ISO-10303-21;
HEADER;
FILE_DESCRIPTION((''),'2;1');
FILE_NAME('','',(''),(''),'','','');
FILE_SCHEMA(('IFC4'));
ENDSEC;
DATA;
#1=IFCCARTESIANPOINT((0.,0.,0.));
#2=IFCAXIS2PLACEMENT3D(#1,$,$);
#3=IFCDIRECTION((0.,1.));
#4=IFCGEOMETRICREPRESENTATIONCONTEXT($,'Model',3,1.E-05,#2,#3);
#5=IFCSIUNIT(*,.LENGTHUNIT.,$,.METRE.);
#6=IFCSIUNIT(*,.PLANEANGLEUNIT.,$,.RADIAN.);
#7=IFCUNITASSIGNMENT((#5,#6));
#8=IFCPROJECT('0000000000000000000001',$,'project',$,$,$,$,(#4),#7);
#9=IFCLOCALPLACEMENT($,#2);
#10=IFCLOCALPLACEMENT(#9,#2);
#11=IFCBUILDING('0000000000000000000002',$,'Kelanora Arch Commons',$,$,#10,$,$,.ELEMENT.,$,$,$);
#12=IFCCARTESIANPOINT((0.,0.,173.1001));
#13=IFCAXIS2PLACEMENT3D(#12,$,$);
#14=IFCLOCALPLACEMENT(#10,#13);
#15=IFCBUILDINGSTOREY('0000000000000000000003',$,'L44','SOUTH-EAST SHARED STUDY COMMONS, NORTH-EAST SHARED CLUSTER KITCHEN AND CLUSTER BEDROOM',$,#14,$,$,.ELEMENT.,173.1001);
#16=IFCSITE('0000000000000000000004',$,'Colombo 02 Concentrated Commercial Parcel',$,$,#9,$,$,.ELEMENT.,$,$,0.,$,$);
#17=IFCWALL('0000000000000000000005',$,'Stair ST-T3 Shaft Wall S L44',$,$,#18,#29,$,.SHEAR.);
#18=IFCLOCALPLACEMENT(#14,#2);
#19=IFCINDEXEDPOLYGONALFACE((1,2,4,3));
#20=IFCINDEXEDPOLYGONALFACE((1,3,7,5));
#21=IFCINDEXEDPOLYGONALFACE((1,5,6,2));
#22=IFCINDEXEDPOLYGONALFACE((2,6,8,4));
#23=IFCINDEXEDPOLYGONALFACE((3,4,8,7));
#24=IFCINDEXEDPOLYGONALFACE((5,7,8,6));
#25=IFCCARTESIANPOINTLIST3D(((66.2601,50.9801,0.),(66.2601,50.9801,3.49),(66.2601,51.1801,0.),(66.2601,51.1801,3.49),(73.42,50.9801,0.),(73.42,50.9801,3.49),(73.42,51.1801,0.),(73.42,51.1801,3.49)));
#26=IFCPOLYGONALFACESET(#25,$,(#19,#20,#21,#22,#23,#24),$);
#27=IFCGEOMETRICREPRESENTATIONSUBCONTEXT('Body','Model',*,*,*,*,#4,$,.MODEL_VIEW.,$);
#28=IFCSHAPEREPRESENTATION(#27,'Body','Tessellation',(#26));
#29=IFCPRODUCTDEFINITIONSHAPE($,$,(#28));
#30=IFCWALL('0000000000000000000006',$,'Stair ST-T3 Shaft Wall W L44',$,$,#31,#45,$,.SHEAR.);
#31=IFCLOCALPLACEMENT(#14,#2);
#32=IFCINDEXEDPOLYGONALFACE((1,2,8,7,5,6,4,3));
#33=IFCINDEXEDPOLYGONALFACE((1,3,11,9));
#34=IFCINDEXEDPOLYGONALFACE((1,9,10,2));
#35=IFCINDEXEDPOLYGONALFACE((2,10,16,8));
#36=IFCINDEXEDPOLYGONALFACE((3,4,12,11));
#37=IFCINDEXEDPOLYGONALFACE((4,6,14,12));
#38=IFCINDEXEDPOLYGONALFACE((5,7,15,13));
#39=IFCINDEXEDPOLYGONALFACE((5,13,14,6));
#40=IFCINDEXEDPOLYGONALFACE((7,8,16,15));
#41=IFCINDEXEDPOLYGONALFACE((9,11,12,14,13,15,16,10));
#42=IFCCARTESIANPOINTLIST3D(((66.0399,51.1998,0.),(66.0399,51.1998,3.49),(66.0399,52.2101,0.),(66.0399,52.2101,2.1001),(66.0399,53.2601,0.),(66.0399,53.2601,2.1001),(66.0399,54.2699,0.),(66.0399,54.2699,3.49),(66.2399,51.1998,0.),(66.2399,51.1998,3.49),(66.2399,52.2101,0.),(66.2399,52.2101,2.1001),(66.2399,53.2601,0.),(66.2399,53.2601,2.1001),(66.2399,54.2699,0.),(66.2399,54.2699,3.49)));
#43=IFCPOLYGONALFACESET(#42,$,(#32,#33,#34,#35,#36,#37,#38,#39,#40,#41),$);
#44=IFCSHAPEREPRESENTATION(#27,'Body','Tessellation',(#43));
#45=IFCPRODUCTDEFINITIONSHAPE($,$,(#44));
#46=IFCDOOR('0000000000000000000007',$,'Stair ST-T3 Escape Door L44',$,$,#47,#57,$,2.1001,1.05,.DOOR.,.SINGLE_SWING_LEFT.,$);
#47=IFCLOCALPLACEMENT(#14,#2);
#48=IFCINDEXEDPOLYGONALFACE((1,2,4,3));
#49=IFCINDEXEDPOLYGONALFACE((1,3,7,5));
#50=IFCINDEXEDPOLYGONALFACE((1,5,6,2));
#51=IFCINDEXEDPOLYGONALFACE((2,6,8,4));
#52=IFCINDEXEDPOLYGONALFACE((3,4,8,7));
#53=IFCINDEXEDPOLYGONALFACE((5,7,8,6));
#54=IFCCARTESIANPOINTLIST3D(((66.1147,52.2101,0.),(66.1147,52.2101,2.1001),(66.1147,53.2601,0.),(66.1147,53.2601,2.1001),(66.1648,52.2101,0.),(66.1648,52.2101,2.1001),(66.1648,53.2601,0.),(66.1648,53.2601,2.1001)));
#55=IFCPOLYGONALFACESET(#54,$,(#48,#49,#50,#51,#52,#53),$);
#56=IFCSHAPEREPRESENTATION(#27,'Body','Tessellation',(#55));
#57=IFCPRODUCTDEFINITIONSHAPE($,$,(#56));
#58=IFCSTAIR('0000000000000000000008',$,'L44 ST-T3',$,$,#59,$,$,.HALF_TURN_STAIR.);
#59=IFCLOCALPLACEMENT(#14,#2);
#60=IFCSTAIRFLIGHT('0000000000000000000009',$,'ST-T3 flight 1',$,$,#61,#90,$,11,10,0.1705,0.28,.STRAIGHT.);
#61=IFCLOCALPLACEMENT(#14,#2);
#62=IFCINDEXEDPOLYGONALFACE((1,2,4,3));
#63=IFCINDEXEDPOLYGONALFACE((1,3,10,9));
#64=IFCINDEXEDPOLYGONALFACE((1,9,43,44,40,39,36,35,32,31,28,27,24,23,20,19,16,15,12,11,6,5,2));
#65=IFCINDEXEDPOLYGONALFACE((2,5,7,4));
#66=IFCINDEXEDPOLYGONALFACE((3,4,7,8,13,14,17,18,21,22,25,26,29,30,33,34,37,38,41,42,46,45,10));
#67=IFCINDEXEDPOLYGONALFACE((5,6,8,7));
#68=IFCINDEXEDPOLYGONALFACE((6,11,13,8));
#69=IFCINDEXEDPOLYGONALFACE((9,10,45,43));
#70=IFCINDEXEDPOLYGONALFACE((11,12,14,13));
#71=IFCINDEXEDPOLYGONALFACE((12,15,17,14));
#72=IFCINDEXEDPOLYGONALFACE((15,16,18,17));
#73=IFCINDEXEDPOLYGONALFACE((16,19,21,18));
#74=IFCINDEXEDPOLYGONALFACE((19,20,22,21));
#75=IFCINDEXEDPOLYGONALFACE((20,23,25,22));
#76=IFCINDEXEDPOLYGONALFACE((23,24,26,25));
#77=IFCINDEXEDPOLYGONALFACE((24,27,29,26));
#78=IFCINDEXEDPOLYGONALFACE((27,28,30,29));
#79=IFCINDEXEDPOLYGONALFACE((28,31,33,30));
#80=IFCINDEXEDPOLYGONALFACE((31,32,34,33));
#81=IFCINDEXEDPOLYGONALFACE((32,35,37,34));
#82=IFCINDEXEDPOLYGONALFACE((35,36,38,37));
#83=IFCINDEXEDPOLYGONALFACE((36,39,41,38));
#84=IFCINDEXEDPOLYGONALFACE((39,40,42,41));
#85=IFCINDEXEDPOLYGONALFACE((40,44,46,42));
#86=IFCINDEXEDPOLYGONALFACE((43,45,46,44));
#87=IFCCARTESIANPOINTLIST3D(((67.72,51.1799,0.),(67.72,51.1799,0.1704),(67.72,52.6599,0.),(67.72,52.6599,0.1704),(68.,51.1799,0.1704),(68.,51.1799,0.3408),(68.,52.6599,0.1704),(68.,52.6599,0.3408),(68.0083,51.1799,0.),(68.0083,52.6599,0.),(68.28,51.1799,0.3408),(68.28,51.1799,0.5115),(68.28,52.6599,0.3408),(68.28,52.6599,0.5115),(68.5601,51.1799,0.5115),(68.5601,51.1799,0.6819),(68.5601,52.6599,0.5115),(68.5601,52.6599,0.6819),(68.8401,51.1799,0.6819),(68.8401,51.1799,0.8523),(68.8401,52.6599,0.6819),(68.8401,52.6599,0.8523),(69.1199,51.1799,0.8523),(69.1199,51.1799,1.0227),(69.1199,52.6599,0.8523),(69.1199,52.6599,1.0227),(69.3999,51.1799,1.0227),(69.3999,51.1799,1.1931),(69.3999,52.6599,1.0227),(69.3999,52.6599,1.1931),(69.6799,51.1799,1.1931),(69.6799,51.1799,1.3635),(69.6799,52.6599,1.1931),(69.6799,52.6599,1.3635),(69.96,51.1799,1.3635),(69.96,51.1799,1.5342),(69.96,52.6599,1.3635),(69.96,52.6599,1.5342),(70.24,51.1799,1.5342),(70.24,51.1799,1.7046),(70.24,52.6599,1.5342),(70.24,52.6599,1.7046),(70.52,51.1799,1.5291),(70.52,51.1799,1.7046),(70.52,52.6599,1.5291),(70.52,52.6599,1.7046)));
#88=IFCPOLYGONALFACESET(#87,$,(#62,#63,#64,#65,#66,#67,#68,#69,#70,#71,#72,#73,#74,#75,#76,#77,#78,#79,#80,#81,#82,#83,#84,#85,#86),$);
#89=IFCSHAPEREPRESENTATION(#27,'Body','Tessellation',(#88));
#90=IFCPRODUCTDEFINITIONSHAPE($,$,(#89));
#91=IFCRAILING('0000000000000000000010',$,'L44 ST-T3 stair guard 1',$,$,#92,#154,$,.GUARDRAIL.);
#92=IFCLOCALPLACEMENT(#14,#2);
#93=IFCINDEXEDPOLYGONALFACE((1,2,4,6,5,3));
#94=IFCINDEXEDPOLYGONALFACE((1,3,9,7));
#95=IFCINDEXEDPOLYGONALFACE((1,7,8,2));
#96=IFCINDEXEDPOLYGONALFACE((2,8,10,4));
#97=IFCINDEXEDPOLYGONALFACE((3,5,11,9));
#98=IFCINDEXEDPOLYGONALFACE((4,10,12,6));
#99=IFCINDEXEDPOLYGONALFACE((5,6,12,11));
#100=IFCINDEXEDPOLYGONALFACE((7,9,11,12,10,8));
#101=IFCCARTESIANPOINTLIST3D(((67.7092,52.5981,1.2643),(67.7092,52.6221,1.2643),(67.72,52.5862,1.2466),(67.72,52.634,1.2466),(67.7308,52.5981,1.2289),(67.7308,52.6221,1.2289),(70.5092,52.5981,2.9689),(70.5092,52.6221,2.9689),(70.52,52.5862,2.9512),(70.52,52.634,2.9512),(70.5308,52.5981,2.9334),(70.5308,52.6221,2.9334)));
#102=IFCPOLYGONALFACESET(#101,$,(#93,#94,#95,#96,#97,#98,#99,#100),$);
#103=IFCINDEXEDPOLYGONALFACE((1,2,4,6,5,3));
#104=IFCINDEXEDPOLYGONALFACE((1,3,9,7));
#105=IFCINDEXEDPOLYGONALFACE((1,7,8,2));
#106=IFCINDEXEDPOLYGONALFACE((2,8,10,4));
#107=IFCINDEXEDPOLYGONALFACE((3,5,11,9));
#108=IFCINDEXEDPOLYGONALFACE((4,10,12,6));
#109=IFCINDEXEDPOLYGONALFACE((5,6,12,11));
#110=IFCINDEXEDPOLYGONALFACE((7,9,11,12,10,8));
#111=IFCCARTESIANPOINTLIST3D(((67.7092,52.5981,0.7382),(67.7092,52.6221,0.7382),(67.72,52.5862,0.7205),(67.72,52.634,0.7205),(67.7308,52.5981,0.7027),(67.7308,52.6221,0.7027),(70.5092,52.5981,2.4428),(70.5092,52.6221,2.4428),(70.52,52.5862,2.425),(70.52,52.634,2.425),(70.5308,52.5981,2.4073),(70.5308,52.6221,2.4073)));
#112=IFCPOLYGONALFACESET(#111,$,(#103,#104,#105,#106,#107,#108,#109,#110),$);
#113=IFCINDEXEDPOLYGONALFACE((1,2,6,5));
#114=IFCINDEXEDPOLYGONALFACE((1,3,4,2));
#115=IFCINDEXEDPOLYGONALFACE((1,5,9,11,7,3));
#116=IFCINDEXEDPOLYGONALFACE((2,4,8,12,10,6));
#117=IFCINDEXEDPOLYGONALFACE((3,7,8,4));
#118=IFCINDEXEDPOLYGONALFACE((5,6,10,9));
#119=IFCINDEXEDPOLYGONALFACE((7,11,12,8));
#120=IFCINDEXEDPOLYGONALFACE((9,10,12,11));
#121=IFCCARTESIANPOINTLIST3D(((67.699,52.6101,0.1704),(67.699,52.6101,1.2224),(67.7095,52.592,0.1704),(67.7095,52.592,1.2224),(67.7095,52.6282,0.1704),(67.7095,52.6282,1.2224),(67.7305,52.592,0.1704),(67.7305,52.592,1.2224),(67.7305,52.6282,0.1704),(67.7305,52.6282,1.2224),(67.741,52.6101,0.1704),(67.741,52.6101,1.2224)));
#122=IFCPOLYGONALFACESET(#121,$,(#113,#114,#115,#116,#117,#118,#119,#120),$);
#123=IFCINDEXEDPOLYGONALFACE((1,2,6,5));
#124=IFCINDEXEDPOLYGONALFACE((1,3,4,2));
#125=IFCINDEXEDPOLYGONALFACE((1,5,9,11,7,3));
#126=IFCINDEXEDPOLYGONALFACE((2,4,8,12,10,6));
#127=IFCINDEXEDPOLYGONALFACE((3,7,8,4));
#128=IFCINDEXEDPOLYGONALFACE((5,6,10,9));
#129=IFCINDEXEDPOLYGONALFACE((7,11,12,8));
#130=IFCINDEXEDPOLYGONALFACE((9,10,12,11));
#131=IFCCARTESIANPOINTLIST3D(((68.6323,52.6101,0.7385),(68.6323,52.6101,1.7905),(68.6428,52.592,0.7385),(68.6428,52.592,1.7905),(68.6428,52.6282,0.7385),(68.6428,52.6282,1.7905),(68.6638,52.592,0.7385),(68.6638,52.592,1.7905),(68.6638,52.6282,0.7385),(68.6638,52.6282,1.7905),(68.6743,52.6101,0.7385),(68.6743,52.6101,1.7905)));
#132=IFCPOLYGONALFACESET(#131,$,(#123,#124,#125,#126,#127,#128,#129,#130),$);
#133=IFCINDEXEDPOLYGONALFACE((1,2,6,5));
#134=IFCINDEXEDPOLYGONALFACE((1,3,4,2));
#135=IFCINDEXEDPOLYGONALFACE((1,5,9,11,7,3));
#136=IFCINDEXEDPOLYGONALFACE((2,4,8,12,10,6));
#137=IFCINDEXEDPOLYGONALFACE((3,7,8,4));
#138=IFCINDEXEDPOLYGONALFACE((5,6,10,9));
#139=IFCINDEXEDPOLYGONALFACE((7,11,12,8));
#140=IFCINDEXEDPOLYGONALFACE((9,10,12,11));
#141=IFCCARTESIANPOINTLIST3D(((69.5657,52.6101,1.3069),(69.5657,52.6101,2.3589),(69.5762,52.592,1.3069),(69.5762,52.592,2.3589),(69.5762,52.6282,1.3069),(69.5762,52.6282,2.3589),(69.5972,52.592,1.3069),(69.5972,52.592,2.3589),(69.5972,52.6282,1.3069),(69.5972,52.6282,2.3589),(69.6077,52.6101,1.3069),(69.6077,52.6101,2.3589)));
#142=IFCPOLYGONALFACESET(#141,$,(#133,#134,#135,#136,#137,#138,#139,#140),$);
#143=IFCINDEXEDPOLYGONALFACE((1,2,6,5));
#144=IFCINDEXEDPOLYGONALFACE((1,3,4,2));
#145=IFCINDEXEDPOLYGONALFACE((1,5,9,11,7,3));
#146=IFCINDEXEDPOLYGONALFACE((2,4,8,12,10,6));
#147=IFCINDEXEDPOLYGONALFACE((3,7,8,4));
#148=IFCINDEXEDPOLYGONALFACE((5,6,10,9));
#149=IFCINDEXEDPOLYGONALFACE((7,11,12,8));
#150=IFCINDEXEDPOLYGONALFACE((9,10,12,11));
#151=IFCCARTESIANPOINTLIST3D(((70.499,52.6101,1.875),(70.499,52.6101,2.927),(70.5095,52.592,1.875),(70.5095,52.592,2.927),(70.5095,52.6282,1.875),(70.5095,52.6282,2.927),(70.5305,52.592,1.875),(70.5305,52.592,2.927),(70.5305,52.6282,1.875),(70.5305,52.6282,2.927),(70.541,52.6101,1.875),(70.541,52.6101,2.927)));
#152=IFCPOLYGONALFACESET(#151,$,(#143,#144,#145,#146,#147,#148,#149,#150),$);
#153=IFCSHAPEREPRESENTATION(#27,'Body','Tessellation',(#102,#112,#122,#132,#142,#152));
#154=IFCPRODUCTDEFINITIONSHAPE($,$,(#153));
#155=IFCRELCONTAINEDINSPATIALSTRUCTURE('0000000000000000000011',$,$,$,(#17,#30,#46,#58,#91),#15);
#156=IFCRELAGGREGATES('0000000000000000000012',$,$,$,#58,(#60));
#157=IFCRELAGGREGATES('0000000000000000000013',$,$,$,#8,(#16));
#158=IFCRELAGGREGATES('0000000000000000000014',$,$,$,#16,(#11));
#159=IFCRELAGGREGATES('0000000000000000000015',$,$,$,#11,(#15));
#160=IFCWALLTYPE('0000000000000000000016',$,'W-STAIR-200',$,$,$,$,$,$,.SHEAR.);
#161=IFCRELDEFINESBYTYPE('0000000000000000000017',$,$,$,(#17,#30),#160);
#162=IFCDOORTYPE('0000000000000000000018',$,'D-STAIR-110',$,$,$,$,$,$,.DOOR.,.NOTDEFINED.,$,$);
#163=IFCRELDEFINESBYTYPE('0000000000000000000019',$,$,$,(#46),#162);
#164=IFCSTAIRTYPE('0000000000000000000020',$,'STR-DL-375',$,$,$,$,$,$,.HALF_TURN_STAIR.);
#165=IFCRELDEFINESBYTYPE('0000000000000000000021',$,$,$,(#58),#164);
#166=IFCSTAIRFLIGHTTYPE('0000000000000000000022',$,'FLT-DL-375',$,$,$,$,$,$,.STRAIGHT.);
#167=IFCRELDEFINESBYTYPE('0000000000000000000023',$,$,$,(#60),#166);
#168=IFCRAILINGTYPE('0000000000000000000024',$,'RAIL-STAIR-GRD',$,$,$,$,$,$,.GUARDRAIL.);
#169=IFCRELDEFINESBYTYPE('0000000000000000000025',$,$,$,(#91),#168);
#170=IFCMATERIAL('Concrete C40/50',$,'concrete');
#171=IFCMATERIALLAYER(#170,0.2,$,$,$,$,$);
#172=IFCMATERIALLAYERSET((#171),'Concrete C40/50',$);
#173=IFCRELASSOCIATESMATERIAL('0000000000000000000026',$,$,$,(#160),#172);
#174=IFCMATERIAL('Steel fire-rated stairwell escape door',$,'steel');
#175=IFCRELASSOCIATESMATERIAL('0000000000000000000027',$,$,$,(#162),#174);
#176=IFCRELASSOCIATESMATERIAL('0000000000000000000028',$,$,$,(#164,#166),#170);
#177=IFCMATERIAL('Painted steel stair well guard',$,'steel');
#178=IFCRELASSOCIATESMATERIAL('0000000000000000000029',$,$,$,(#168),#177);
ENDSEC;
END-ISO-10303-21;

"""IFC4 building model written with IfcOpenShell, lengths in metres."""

from ifc_helpers import new_model, si_unit, direction, frame, frame_2d, origin, place, context, subcontext, project, spatial, polyline, rectangle, outline, extrude, material, layer, layer_set, type_object, element, fill, aggregate, save


model = new_model("IFC4")

# Units and contexts
model_context = context("Model", 3, precision=1e-05, world=origin(), true_north=direction((0.0, 1.0)))
body_context = subcontext(model_context, "Body", "Model", "MODEL_VIEW")
ifc_project = project(units=[si_unit("LENGTHUNIT", "METRE"), si_unit("PLANEANGLEUNIT", "RADIAN")], contexts=[model_context])

# Site, building, storey
site_placement = place(None, origin())
site = spatial("IfcSite", under=ifc_project, at=site_placement, Name="Colombo 02 Concentrated Commercial Parcel", CompositionType="ELEMENT", RefElevation=0.0)
building_placement = place(site_placement, origin())
building = spatial("IfcBuilding", under=site, at=building_placement, Name="Kelanora Arch Commons", CompositionType="ELEMENT")
storey_placement = place(building_placement, frame((0.0, 0.0, 173.1001)))
storey = spatial("IfcBuildingStorey", under=building, at=storey_placement, Name="L44", Description="SOUTH-EAST SHARED STUDY COMMONS, NORTH-EAST SHARED CLUSTER KITCHEN AND CLUSTER BEDROOM", CompositionType="ELEMENT", Elevation=173.1001)

# Shared definitions
ifc_material_1 = material(Name="Concrete C40/50", Category="concrete")

# Wall
ifc_layer_1 = layer(ifc_material_1, 0.2)
ifc_layer_set_1 = layer_set([ifc_layer_1], Name="Concrete C40/50")
wall_type_1 = type_object("IfcWallType", Name="W-STAIR-200", PredefinedType="SHEAR", material=ifc_layer_set_1)
wall_1_placement = place(storey_placement, frame((66.26, 51.0801, 0.0), z_axis=(0.0, 0.0, 1.0), x_axis=(1.0, 0.0, 0.0)))
element("IfcWall", 1, at=wall_1_placement, inside=storey, type_object=wall_type_1, Name="Stair ST-T3 Shaft Wall S L44", PredefinedType="SHEAR", context=body_context, shape_type="SweptSolid", body=[
    extrude(rectangle(XDim=7.1599, YDim=0.2, at=frame_2d((3.5801, 0.0))), origin(), (0.0, 0.0, 1.0), 3.49),
])

# Wall, opening, door
wall_2_placement = place(storey_placement, frame((66.1399, 54.27, 0.0), z_axis=(0.0, 0.0, 1.0), x_axis=(0.0, -1.0, 0.0)))
wall_2 = element("IfcWall", 2, at=wall_2_placement, inside=storey, type_object=wall_type_1, Name="Stair ST-T3 Shaft Wall W L44", PredefinedType="SHEAR", context=body_context, shape_type="SweptSolid", body=[
    extrude(rectangle(XDim=3.0701, YDim=0.2, at=frame_2d((1.5352, 0.0))), origin(), (0.0, 0.0, 1.0), 3.49),
])
opening_1_placement = place(wall_2_placement, frame((1.01, 0.0, 0.0)))
opening_1 = element("IfcOpeningElement", 3, at=opening_1_placement, cuts=wall_2, PredefinedType="OPENING", context=body_context, shape_type="SweptSolid", body=[
    extrude(rectangle(XDim=1.05, YDim=2.1001, at=frame_2d((0.5249, 1.05))), frame((0.0, 0.1099, 0.0), z_axis=(0.0, -1.0, 0.0), x_axis=(1.0, 0.0, 0.0)), (0.0, 0.0, 1.0), 0.22),
])
ifc_material_2 = material(Name="Steel fire-rated stairwell escape door", Category="steel")
door_type_1 = type_object("IfcDoorType", Name="D-STAIR-110", OperationType="NOTDEFINED", PredefinedType="DOOR", material=ifc_material_2)
door_1_placement = place(opening_1_placement, origin())
door_1 = element("IfcDoor", 4, at=door_1_placement, inside=storey, type_object=door_type_1, Name="Stair ST-T3 Escape Door L44", OperationType="SINGLE_SWING_LEFT", OverallHeight=2.1001, OverallWidth=1.05, PredefinedType="DOOR", context=body_context, shape_type="SweptSolid", body=[
    extrude(rectangle(XDim=1.05, YDim=2.1001, at=frame_2d((0.5249, 1.05))), frame((0.0, 0.0249, 0.0), z_axis=(0.0, -1.0, 0.0), x_axis=(1.0, 0.0, 0.0)), (0.0, 0.0, 1.0), 0.05),
])
fill(opening_1, door_1)

# Stair, stair flight
stair_type = type_object("IfcStairType", Name="STR-DL-375", PredefinedType="HALF_TURN_STAIR", material=ifc_material_1)
stair_placement = place(storey_placement, origin())
stair = element("IfcStair", 5, at=stair_placement, inside=storey, type_object=stair_type, Name="L44 ST-T3", PredefinedType="HALF_TURN_STAIR")
stair_flight_type = type_object("IfcStairFlightType", Name="FLT-DL-375", PredefinedType="STRAIGHT", material=ifc_material_1)
stair_flight_placement = place(storey_placement, frame((67.72, 51.9199, 0.0), z_axis=(0.0, 0.0, 1.0), x_axis=(1.0, 0.0, 0.0)))
stair_flight = element("IfcStairFlight", 6, at=stair_flight_placement, type_object=stair_flight_type, Name="ST-T3 flight 1", NumberOfRisers=11, NumberOfTreads=10, PredefinedType="STRAIGHT", RiserHeight=0.1705, TreadLength=0.28, context=body_context, shape_type="SweptSolid", body=[
    extrude(outline(polyline([(0.0, 0.0), (0.0, 0.1704), (0.28, 0.1704), (0.28, 0.3408), (0.5601, 0.3408), (0.5601, 0.5115), (0.8401, 0.5115), (0.8401, 0.6819), (1.1201, 0.6819), (1.1201, 0.8523), (1.3999, 0.8523), (1.3999, 1.0227), (1.6799, 1.0227), (1.6799, 1.1931), (1.96, 1.1931), (1.96, 1.3635), (2.24, 1.3635), (2.24, 1.5342), (2.52, 1.5342), (2.52, 1.7046), (2.8, 1.7046), (2.8, 1.875), (2.8, 1.5291), (0.2883, 0.0), (0.0, 0.0)])), frame((0.0, 0.74, 0.0), z_axis=(0.0, -1.0, 0.0), x_axis=(1.0, 0.0, 0.0)), (0.0, 0.0, 1.0), 1.48),
])
aggregate(stair, [stair_flight])

# Railing
ifc_material_3 = material(Name="Painted steel stair well guard", Category="steel")
railing_type_1 = type_object("IfcRailingType", Name="RAIL-STAIR-GRD", PredefinedType="GUARDRAIL", material=ifc_material_3)
railing_1_placement = place(storey_placement, frame((67.72, 52.6101, 0.1704)))
element("IfcRailing", 7, at=railing_1_placement, inside=storey, type_object=railing_type_1, Name="L44 ST-T3 stair guard 1", PredefinedType="GUARDRAIL", context=body_context, shape_type="SweptSolid", body=[
    extrude(outline(polyline([(0.0239, 0.0), (0.012, 0.0208), (-0.012, 0.0208), (-0.0239, 0.0), (-0.012, -0.0208), (0.012, -0.0208), (0.0239, 0.0)])), frame((0.0, 0.0, 1.0762), z_axis=(0.85417, 0.0, 0.519994), x_axis=(0.0, 1.0, 0.0)), (0.0, 0.0, 1.0), 3.2781),
    extrude(outline(polyline([(0.0239, 0.0), (0.012, 0.0208), (-0.012, 0.0208), (-0.0239, 0.0), (-0.012, -0.0208), (0.012, -0.0208), (0.0239, 0.0)])), frame((0.0, 0.0, 0.55), z_axis=(0.85417, 0.0, 0.519994), x_axis=(0.0, 1.0, 0.0)), (0.0, 0.0, 1.0), 3.2781),
    extrude(outline(polyline([(0.021, 0.0), (0.0105, 0.0181), (-0.0105, 0.0181), (-0.021, 0.0), (-0.0105, -0.0181), (0.0105, -0.0181), (0.021, 0.0)])), origin(), (0.0, 0.0, 1.0), 1.052),
    extrude(outline(polyline([(0.021, 0.0), (0.0105, 0.0181), (-0.0105, 0.0181), (-0.021, 0.0), (-0.0105, -0.0181), (0.0105, -0.0181), (0.021, 0.0)])), frame((0.9333, 0.0, 0.5681)), (0.0, 0.0, 1.0), 1.052),
    extrude(outline(polyline([(0.021, 0.0), (0.0105, 0.0181), (-0.0105, 0.0181), (-0.021, 0.0), (-0.0105, -0.0181), (0.0105, -0.0181), (0.021, 0.0)])), frame((1.8667, 0.0, 1.1365)), (0.0, 0.0, 1.0), 1.052),
    extrude(outline(polyline([(0.021, 0.0), (0.0105, 0.0181), (-0.0105, 0.0181), (-0.021, 0.0), (-0.0105, -0.0181), (0.0105, -0.0181), (0.021, 0.0)])), frame((2.8, 0.0, 1.7046)), (0.0, 0.0, 1.0), 1.052),
])

save(model, "model.ifc")
